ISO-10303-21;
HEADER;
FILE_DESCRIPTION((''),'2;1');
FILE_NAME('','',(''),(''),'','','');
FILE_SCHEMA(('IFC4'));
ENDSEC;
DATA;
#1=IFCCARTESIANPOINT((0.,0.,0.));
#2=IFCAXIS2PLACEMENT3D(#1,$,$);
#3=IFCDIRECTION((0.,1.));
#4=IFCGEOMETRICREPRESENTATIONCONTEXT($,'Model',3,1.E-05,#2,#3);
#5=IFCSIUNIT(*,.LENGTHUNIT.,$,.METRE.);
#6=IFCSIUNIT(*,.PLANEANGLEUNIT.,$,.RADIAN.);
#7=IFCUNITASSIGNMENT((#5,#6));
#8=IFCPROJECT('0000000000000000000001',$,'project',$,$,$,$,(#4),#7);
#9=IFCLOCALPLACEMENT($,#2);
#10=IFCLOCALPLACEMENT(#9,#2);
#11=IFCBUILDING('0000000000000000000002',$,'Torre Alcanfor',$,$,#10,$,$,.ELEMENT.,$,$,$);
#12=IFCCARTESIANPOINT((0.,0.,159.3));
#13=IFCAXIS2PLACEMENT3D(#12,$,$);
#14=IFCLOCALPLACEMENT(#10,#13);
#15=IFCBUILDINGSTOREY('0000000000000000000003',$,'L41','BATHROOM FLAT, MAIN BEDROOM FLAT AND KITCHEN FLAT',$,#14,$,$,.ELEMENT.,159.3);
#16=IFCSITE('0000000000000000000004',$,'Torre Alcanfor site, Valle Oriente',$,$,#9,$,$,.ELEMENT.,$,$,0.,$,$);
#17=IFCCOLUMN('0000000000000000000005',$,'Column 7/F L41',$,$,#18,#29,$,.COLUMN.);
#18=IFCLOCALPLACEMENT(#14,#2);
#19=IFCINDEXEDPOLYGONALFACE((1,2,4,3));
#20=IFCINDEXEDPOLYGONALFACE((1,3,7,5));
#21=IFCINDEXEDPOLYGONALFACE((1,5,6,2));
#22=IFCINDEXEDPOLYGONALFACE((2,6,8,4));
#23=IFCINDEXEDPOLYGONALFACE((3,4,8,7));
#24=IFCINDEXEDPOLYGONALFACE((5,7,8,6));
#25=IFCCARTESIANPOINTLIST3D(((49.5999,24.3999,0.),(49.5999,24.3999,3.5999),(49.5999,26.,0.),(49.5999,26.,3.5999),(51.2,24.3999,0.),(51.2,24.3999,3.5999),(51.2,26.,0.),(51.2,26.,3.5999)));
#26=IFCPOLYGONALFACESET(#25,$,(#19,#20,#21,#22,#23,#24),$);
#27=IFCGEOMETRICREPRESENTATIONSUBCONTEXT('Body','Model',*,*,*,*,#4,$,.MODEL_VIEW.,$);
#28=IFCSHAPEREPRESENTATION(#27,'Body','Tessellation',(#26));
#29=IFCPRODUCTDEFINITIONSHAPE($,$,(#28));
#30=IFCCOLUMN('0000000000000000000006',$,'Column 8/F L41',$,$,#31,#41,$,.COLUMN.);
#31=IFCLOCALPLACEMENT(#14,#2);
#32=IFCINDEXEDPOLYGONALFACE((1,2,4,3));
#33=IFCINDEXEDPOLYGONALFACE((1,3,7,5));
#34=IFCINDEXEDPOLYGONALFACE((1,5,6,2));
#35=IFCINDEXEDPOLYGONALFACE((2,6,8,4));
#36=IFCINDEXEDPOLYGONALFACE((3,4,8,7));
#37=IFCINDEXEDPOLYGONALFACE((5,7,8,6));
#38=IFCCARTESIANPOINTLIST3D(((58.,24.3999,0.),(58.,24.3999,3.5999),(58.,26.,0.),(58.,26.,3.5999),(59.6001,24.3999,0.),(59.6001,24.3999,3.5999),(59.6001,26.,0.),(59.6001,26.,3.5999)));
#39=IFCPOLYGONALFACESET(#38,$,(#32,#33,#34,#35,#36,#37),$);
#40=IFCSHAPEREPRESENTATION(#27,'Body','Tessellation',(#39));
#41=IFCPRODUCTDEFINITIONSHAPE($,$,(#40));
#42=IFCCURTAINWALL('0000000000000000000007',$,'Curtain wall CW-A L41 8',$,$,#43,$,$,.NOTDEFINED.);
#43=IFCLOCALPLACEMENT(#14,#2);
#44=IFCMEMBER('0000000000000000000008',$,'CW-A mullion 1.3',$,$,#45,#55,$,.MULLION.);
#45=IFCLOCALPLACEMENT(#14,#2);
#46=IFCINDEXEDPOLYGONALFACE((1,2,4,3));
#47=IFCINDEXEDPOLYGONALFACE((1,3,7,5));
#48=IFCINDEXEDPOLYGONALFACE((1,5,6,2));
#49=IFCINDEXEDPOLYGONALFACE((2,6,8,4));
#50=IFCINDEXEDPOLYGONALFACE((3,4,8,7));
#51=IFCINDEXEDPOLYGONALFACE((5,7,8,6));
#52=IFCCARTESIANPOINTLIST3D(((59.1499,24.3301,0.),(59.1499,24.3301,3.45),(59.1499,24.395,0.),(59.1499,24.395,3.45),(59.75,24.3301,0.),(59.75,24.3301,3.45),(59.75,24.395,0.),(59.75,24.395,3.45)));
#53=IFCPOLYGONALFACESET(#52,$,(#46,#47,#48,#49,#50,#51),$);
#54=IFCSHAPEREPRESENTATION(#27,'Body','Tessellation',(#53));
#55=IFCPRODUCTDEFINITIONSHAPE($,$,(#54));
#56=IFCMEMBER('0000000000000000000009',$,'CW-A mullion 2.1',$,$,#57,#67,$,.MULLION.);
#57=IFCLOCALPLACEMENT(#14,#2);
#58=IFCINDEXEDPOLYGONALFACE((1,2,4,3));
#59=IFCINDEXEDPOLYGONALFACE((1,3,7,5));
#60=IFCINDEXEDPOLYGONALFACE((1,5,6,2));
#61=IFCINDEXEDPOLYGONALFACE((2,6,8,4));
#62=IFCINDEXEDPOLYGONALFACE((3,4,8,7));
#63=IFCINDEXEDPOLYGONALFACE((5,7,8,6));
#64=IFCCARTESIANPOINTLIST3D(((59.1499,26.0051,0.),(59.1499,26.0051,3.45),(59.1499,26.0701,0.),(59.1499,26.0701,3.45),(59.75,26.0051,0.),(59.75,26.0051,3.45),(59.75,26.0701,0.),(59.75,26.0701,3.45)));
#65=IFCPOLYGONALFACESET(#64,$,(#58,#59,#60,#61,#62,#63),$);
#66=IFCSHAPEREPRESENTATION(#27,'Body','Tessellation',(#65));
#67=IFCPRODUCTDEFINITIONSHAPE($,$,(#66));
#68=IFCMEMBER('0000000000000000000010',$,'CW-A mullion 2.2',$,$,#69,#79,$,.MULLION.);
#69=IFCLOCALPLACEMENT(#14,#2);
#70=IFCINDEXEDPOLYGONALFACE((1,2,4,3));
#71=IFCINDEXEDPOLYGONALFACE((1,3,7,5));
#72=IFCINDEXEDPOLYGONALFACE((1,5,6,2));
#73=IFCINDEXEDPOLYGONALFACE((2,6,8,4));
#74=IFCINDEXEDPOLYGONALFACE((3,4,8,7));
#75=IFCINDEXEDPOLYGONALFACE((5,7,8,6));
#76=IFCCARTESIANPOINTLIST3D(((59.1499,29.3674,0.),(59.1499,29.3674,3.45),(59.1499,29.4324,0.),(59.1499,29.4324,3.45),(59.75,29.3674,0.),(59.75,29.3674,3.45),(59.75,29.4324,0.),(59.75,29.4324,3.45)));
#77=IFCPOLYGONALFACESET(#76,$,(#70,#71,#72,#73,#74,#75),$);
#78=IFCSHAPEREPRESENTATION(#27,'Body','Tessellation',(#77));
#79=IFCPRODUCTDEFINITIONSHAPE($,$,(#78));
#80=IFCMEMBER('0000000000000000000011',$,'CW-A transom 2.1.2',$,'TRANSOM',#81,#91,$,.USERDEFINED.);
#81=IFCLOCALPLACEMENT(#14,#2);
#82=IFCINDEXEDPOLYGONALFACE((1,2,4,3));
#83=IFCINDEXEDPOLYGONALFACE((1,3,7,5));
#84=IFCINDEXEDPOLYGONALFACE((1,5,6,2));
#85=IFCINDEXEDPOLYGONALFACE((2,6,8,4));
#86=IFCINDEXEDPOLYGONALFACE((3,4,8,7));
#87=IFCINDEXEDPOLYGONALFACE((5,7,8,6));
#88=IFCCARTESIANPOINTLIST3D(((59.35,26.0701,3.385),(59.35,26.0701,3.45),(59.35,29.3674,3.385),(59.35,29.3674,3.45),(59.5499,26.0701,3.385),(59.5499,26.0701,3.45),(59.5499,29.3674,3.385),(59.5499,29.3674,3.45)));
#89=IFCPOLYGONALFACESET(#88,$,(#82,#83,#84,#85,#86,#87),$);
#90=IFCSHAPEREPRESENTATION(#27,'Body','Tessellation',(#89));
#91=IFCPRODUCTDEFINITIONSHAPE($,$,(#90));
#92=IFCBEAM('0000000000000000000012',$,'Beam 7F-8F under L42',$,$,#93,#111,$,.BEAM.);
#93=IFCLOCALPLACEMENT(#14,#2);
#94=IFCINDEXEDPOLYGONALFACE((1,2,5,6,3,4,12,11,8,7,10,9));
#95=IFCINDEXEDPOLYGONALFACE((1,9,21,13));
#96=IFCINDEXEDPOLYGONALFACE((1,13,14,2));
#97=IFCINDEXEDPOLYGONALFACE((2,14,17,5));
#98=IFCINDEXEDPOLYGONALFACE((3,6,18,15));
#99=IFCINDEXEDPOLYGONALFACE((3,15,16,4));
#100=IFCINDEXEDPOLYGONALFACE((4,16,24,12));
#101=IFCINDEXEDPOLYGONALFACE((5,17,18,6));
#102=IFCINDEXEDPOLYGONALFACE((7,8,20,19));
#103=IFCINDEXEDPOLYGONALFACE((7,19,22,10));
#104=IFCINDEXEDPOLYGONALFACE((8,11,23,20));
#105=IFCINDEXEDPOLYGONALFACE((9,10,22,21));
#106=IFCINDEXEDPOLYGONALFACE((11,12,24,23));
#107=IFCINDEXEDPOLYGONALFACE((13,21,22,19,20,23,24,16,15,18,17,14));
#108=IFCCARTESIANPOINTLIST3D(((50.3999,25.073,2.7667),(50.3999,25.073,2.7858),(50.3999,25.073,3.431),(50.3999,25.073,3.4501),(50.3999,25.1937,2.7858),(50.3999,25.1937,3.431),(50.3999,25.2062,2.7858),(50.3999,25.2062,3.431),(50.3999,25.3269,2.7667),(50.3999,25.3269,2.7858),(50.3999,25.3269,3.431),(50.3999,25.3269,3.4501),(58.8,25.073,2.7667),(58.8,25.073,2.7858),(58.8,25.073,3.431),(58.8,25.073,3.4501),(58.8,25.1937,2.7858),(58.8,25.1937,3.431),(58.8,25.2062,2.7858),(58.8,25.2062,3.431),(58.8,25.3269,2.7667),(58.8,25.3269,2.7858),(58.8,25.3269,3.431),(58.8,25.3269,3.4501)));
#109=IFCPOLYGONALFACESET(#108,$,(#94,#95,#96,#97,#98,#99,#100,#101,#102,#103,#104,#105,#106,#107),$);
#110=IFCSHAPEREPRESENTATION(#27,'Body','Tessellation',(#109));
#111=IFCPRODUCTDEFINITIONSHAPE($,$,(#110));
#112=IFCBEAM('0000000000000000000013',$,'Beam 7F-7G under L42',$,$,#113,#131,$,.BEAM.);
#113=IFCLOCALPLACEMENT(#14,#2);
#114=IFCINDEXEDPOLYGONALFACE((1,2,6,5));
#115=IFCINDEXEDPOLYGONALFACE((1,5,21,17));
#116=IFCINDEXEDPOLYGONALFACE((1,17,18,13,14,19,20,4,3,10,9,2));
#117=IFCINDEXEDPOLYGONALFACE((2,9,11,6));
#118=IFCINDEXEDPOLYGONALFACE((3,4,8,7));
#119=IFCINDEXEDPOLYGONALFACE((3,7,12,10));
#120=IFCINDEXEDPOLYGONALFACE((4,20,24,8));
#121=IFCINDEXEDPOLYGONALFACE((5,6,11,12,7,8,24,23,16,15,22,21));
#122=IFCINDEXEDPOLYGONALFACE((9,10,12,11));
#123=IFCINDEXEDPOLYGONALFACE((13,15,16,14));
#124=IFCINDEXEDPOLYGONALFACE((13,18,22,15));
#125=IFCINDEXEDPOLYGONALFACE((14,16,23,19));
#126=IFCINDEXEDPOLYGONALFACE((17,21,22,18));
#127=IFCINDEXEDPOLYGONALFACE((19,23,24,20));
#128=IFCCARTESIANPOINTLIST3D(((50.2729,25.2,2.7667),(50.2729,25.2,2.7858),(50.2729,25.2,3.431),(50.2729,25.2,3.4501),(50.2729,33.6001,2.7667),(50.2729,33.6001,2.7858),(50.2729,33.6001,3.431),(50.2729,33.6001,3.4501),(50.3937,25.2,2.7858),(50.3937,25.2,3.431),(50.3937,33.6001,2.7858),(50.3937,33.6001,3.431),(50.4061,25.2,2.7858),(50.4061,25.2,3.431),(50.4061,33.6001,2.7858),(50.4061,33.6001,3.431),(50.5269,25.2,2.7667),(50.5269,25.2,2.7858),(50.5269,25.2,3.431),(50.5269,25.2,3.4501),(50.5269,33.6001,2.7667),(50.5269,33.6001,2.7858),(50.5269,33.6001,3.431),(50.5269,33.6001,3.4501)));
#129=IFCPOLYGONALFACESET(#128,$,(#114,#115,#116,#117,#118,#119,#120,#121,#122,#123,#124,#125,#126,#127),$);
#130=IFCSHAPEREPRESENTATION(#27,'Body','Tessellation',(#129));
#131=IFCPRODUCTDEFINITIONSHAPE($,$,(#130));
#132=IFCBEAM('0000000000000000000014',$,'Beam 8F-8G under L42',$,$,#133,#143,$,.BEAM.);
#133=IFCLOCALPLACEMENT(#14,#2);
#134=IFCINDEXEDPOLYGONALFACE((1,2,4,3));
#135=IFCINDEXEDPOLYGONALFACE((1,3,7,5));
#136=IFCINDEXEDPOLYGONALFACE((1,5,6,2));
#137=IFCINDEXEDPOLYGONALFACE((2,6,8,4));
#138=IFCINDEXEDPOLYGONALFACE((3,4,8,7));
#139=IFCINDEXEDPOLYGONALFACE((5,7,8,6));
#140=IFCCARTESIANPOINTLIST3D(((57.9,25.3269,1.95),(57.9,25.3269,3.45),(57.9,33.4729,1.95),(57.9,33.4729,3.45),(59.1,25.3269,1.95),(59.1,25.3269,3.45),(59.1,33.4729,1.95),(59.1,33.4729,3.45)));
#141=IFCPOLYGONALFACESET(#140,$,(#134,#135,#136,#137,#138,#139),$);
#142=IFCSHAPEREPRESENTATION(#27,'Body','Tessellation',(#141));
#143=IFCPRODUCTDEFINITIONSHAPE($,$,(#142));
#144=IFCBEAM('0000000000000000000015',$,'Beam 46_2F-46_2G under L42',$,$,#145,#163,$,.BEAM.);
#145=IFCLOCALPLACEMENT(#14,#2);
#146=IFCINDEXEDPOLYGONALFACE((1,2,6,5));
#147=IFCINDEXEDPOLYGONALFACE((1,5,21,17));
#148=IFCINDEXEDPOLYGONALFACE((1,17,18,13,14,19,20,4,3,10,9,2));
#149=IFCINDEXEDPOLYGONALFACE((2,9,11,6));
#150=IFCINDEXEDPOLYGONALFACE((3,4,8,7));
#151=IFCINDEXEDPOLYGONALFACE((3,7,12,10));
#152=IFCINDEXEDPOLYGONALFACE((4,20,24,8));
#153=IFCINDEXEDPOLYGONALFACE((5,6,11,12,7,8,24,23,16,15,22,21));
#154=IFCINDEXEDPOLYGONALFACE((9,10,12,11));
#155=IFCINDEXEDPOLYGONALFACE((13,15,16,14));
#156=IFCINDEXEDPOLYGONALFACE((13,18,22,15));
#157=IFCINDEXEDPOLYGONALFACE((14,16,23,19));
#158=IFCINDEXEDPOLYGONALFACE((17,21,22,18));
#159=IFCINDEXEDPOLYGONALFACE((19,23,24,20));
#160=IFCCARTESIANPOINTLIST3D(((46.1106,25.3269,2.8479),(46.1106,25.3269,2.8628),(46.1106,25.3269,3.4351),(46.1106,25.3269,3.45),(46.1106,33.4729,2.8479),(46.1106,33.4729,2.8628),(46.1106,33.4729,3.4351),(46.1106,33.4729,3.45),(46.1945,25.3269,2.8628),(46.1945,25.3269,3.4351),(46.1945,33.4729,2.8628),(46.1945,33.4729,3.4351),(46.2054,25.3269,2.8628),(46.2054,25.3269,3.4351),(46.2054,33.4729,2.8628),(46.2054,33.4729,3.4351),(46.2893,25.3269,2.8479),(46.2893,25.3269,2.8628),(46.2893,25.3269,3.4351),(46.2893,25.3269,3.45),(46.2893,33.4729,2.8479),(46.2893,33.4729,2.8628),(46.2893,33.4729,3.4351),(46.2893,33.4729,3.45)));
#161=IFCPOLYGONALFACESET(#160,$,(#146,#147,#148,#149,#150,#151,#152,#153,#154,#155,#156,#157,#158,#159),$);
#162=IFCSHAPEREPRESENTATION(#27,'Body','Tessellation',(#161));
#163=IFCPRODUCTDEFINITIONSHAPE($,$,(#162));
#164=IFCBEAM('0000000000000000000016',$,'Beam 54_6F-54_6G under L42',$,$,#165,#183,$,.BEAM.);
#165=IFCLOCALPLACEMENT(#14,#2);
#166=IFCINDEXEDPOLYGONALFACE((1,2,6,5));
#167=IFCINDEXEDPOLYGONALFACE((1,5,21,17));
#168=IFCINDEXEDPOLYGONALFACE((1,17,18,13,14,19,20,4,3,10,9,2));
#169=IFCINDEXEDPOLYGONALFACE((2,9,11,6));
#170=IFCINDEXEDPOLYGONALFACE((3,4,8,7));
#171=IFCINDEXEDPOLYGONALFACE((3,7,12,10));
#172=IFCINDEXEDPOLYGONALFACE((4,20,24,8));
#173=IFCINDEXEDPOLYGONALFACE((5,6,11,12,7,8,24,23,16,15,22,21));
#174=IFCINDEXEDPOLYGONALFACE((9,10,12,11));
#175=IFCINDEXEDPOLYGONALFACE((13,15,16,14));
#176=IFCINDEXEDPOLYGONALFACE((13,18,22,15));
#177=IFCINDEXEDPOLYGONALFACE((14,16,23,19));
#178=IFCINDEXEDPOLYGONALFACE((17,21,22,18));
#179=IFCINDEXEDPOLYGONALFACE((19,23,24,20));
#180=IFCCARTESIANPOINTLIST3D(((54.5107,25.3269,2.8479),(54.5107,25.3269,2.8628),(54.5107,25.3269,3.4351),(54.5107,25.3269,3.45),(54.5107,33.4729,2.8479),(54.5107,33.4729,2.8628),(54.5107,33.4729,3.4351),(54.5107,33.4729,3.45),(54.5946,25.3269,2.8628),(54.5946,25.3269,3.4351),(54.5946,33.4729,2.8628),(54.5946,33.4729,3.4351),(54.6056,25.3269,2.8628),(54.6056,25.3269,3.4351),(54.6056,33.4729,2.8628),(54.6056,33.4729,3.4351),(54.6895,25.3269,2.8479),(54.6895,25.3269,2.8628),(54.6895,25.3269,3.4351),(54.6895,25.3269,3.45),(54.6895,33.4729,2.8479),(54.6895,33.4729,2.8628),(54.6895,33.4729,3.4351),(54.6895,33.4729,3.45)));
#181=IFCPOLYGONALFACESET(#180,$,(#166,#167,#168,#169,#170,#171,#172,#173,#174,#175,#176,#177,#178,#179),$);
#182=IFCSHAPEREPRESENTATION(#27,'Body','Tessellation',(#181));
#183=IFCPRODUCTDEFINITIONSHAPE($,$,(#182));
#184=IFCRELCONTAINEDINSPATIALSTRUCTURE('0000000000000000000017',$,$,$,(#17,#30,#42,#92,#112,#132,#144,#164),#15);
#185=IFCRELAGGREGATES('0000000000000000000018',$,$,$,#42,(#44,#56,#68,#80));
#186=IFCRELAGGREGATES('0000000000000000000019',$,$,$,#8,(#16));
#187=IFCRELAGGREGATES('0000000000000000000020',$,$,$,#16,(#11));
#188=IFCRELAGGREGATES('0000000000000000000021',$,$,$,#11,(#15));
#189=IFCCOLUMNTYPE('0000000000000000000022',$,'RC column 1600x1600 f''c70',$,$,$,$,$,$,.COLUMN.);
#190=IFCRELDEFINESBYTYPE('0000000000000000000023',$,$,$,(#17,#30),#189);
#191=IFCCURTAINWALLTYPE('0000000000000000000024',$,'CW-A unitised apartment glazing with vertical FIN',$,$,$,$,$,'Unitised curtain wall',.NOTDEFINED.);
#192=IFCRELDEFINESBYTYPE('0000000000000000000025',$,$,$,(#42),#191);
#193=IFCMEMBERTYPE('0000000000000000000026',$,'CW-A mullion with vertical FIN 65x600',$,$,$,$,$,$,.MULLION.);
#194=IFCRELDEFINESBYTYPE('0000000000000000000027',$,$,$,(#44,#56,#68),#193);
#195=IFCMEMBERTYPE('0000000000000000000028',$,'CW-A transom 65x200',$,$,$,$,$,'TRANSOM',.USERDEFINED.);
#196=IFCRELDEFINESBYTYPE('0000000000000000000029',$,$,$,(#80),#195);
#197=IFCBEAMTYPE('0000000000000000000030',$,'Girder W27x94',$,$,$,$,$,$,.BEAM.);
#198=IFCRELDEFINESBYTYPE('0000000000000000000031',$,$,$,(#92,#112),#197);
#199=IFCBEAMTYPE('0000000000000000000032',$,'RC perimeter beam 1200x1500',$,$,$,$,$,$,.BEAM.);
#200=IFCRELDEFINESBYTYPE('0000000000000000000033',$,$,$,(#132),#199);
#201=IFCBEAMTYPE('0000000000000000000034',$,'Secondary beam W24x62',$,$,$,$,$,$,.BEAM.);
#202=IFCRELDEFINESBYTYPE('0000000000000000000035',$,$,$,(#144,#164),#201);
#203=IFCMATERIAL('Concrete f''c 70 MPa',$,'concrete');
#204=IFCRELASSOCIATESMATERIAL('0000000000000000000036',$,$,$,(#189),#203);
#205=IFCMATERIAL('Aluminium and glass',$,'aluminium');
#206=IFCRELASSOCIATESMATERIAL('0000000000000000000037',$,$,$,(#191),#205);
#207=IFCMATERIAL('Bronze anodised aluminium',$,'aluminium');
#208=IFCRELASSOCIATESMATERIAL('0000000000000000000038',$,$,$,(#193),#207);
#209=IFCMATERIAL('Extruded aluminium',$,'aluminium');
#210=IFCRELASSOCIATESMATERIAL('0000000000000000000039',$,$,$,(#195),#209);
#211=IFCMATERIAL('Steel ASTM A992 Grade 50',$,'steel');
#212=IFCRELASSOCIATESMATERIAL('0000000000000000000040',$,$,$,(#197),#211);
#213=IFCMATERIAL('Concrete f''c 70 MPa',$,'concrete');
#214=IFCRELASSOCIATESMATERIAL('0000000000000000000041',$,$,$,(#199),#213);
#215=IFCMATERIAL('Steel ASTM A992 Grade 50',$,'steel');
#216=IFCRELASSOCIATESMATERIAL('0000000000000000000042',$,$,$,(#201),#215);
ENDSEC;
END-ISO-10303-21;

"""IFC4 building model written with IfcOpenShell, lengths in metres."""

from ifc_helpers import new_model, si_unit, direction, frame, origin, origin_2d, place, context, subcontext, project, spatial, rectangle, i_section, extrude, material, material_profile, profile_set, type_object, element, aggregate, save


model = new_model("IFC4")

# Units and contexts
model_context = context("Model", 3, precision=1e-05, world=origin(), true_north=direction((0.0, 1.0)))
body_context = subcontext(model_context, "Body", "Model", "MODEL_VIEW")
ifc_project = project(units=[si_unit("LENGTHUNIT", "METRE"), si_unit("PLANEANGLEUNIT", "RADIAN")], contexts=[model_context])

# Site, building, storey
site_placement = place(None, origin())
site = spatial("IfcSite", under=ifc_project, at=site_placement, Name="Torre Alcanfor site, Valle Oriente", CompositionType="ELEMENT", RefElevation=0.0)
building_placement = place(site_placement, origin())
building = spatial("IfcBuilding", under=site, at=building_placement, Name="Torre Alcanfor", CompositionType="ELEMENT")
storey_placement = place(building_placement, frame((0.0, 0.0, 159.3)))
storey = spatial("IfcBuildingStorey", under=building, at=storey_placement, Name="L41", Description="BATHROOM FLAT, MAIN BEDROOM FLAT AND KITCHEN FLAT", CompositionType="ELEMENT", Elevation=159.3)

# Columns
ifc_material_1 = material(Name="Concrete f'c 70 MPa", Category="concrete")
ifc_material_profile_1 = material_profile(ifc_material_1, rectangle(XDim=1.6001, YDim=1.6001, at=origin_2d()), Name="1600x1600")
ifc_profile_set_1 = profile_set([ifc_material_profile_1], Name="Concrete f'c 70 MPa")
column_type = type_object("IfcColumnType", Name="RC column 1600x1600 f'c70", PredefinedType="COLUMN", material=ifc_profile_set_1)
for number, where, z_axis, x_axis, name in (
    (1, (50.3999, 25.2, 0.0), (0.0, 0.0, 1.0), (1.0, 0.0, 0.0), "Column 7/F L41"),
    (2, (58.8, 25.2, 0.0), (0.0, 0.0, 1.0), (1.0, 0.0, 0.0), "Column 8/F L41"),
):
    element("IfcColumn", number, at=place(storey_placement, frame(where, z_axis=z_axis, x_axis=x_axis)), inside=storey, type_object=column_type, Name=name, PredefinedType="COLUMN", context=body_context, shape_type="SweptSolid", body=[
        extrude(rectangle(XDim=1.6001, YDim=1.6001, at=origin_2d()), origin(), (0.0, 0.0, 1.0), 3.5999),
    ])

# Curtain wall, members
ifc_material_2 = material(Name="Aluminium and glass", Category="aluminium")
curtain_wall_type = type_object("IfcCurtainWallType", Name="CW-A unitised apartment glazing with vertical FIN", ElementType="Unitised curtain wall", PredefinedType="NOTDEFINED", material=ifc_material_2)
curtain_wall_placement = place(storey_placement, origin())
curtain_wall = element("IfcCurtainWall", 3, at=curtain_wall_placement, inside=storey, type_object=curtain_wall_type, Name="Curtain wall CW-A L41 8", PredefinedType="NOTDEFINED")
ifc_material_3 = material(Name="Bronze anodised aluminium", Category="aluminium")
ifc_material_profile_2 = material_profile(ifc_material_3, rectangle(XDim=0.6001, YDim=0.0649, at=origin_2d()), Name="CW-A mullion 65x600")
ifc_profile_set_2 = profile_set([ifc_material_profile_2], Name="Bronze anodised aluminium")
member_type_1 = type_object("IfcMemberType", Name="CW-A mullion with vertical FIN 65x600", PredefinedType="MULLION", material=ifc_profile_set_2)
member_1_placement = place(storey_placement, frame((59.45, 24.3625, 0.0), z_axis=(0.0, 0.0, 1.0), x_axis=(-1.0, 0.0, 0.0)))
member_1 = element("IfcMember", 4, at=member_1_placement, type_object=member_type_1, Name="CW-A mullion 1.3", PredefinedType="MULLION", context=body_context, shape_type="SweptSolid", body=[
    extrude(rectangle(XDim=0.6001, YDim=0.0649, at=origin_2d()), origin(), (0.0, 0.0, 1.0), 3.45),
])
member_2_placement = place(storey_placement, frame((59.45, 26.0376, 0.0), z_axis=(0.0, 0.0, 1.0), x_axis=(-1.0, 0.0, 0.0)))
member_2 = element("IfcMember", 5, at=member_2_placement, type_object=member_type_1, Name="CW-A mullion 2.1", PredefinedType="MULLION", context=body_context, shape_type="SweptSolid", body=[
    extrude(rectangle(XDim=0.6001, YDim=0.0649, at=origin_2d()), origin(), (0.0, 0.0, 1.0), 3.45),
])
member_3_placement = place(storey_placement, frame((59.45, 29.3999, 0.0), z_axis=(0.0, 0.0, 1.0), x_axis=(-1.0, 0.0, 0.0)))
member_3 = element("IfcMember", 6, at=member_3_placement, type_object=member_type_1, Name="CW-A mullion 2.2", PredefinedType="MULLION", context=body_context, shape_type="SweptSolid", body=[
    extrude(rectangle(XDim=0.6001, YDim=0.0649, at=origin_2d()), origin(), (0.0, 0.0, 1.0), 3.45),
])
ifc_material_4 = material(Name="Extruded aluminium", Category="aluminium")
ifc_material_profile_3 = material_profile(ifc_material_4, rectangle(XDim=0.2, YDim=0.0649, at=origin_2d()), Name="CW-A transom 200x65")
ifc_profile_set_3 = profile_set([ifc_material_profile_3], Name="Extruded aluminium")
member_type_2 = type_object("IfcMemberType", Name="CW-A transom 65x200", ElementType="TRANSOM", PredefinedType="USERDEFINED", material=ifc_profile_set_3)
member_4_placement = place(storey_placement, frame((59.45, 26.0701, 3.4175), z_axis=(0.0, 1.0, 0.0), x_axis=(-1.0, 0.0, 0.0)))
member_4 = element("IfcMember", 7, at=member_4_placement, type_object=member_type_2, Name="CW-A transom 2.1.2", ObjectType="TRANSOM", PredefinedType="USERDEFINED", context=body_context, shape_type="SweptSolid", body=[
    extrude(rectangle(XDim=0.2, YDim=0.0649, at=origin_2d()), origin(), (0.0, 0.0, 1.0), 3.2974),
])

# Beams
ifc_material_5 = material(Name="Steel ASTM A992 Grade 50", Category="steel")
ifc_material_profile_4 = material_profile(ifc_material_5, i_section(OverallWidth=0.2539, OverallDepth=0.6833, WebThickness=0.0125, FlangeThickness=0.019, at=origin_2d()), Name="W27x94")
ifc_profile_set_4 = profile_set([ifc_material_profile_4], Name="Steel ASTM A992 Grade 50")
beam_type_1 = type_object("IfcBeamType", Name="Girder W27x94", PredefinedType="BEAM", material=ifc_profile_set_4)
for number, where, z_axis, x_axis, name in (
    (8, (50.3999, 25.2, 3.1084), (1.0, 0.0, 0.0), (0.0, 1.0, 0.0), "Beam 7F-8F under L42"),
    (9, (50.3999, 25.2, 3.1084), (0.0, 1.0, 0.0), (-1.0, 0.0, 0.0), "Beam 7F-7G under L42"),
):
    element("IfcBeam", number, at=place(storey_placement, frame(where, z_axis=z_axis, x_axis=x_axis)), inside=storey, type_object=beam_type_1, Name=name, PredefinedType="BEAM", context=body_context, shape_type="SweptSolid", body=[
        extrude(i_section(OverallWidth=0.2539, OverallDepth=0.6833, WebThickness=0.0125, FlangeThickness=0.019, at=origin_2d()), origin(), (0.0, 0.0, 1.0), 8.4001),
    ])
ifc_material_6 = material(Name="Concrete f'c 70 MPa", Category="concrete")
ifc_material_profile_5 = material_profile(ifc_material_6, rectangle(XDim=1.2, YDim=1.5, at=origin_2d()), Name="1200x1500")
ifc_profile_set_5 = profile_set([ifc_material_profile_5], Name="Concrete f'c 70 MPa")
beam_type_2 = type_object("IfcBeamType", Name="RC perimeter beam 1200x1500", PredefinedType="BEAM", material=ifc_profile_set_5)
beam_placement = place(storey_placement, frame((58.5, 25.3269, 2.7), z_axis=(0.0, 1.0, 0.0), x_axis=(-1.0, 0.0, 0.0)))
element("IfcBeam", 10, at=beam_placement, inside=storey, type_object=beam_type_2, Name="Beam 8F-8G under L42", PredefinedType="BEAM", context=body_context, shape_type="SweptSolid", body=[
    extrude(rectangle(XDim=1.2, YDim=1.5, at=origin_2d()), origin(), (0.0, 0.0, 1.0), 8.146),
])
ifc_material_7 = material(Name="Steel ASTM A992 Grade 50", Category="steel")
ifc_material_profile_6 = material_profile(ifc_material_7, i_section(OverallWidth=0.1787, OverallDepth=0.6021, WebThickness=0.011, FlangeThickness=0.0149, at=origin_2d()), Name="W24x62")
ifc_profile_set_6 = profile_set([ifc_material_profile_6], Name="Steel ASTM A992 Grade 50")
beam_type_3 = type_object("IfcBeamType", Name="Secondary beam W24x62", PredefinedType="BEAM", material=ifc_profile_set_6)
for number, where, z_axis, x_axis, name in (
    (11, (46.2, 25.3269, 3.1489), (0.0, 1.0, 0.0), (-1.0, 0.0, 0.0), "Beam 46_2F-46_2G under L42"),
    (12, (54.6001, 25.3269, 3.1489), (0.0, 1.0, 0.0), (-1.0, 0.0, 0.0), "Beam 54_6F-54_6G under L42"),
):
    element("IfcBeam", number, at=place(storey_placement, frame(where, z_axis=z_axis, x_axis=x_axis)), inside=storey, type_object=beam_type_3, Name=name, PredefinedType="BEAM", context=body_context, shape_type="SweptSolid", body=[
        extrude(i_section(OverallWidth=0.1787, OverallDepth=0.6021, WebThickness=0.011, FlangeThickness=0.0149, at=origin_2d()), origin(), (0.0, 0.0, 1.0), 8.146),
    ])

aggregate(curtain_wall, [member_1, member_2, member_3, member_4])

save(model, "model.ifc")
